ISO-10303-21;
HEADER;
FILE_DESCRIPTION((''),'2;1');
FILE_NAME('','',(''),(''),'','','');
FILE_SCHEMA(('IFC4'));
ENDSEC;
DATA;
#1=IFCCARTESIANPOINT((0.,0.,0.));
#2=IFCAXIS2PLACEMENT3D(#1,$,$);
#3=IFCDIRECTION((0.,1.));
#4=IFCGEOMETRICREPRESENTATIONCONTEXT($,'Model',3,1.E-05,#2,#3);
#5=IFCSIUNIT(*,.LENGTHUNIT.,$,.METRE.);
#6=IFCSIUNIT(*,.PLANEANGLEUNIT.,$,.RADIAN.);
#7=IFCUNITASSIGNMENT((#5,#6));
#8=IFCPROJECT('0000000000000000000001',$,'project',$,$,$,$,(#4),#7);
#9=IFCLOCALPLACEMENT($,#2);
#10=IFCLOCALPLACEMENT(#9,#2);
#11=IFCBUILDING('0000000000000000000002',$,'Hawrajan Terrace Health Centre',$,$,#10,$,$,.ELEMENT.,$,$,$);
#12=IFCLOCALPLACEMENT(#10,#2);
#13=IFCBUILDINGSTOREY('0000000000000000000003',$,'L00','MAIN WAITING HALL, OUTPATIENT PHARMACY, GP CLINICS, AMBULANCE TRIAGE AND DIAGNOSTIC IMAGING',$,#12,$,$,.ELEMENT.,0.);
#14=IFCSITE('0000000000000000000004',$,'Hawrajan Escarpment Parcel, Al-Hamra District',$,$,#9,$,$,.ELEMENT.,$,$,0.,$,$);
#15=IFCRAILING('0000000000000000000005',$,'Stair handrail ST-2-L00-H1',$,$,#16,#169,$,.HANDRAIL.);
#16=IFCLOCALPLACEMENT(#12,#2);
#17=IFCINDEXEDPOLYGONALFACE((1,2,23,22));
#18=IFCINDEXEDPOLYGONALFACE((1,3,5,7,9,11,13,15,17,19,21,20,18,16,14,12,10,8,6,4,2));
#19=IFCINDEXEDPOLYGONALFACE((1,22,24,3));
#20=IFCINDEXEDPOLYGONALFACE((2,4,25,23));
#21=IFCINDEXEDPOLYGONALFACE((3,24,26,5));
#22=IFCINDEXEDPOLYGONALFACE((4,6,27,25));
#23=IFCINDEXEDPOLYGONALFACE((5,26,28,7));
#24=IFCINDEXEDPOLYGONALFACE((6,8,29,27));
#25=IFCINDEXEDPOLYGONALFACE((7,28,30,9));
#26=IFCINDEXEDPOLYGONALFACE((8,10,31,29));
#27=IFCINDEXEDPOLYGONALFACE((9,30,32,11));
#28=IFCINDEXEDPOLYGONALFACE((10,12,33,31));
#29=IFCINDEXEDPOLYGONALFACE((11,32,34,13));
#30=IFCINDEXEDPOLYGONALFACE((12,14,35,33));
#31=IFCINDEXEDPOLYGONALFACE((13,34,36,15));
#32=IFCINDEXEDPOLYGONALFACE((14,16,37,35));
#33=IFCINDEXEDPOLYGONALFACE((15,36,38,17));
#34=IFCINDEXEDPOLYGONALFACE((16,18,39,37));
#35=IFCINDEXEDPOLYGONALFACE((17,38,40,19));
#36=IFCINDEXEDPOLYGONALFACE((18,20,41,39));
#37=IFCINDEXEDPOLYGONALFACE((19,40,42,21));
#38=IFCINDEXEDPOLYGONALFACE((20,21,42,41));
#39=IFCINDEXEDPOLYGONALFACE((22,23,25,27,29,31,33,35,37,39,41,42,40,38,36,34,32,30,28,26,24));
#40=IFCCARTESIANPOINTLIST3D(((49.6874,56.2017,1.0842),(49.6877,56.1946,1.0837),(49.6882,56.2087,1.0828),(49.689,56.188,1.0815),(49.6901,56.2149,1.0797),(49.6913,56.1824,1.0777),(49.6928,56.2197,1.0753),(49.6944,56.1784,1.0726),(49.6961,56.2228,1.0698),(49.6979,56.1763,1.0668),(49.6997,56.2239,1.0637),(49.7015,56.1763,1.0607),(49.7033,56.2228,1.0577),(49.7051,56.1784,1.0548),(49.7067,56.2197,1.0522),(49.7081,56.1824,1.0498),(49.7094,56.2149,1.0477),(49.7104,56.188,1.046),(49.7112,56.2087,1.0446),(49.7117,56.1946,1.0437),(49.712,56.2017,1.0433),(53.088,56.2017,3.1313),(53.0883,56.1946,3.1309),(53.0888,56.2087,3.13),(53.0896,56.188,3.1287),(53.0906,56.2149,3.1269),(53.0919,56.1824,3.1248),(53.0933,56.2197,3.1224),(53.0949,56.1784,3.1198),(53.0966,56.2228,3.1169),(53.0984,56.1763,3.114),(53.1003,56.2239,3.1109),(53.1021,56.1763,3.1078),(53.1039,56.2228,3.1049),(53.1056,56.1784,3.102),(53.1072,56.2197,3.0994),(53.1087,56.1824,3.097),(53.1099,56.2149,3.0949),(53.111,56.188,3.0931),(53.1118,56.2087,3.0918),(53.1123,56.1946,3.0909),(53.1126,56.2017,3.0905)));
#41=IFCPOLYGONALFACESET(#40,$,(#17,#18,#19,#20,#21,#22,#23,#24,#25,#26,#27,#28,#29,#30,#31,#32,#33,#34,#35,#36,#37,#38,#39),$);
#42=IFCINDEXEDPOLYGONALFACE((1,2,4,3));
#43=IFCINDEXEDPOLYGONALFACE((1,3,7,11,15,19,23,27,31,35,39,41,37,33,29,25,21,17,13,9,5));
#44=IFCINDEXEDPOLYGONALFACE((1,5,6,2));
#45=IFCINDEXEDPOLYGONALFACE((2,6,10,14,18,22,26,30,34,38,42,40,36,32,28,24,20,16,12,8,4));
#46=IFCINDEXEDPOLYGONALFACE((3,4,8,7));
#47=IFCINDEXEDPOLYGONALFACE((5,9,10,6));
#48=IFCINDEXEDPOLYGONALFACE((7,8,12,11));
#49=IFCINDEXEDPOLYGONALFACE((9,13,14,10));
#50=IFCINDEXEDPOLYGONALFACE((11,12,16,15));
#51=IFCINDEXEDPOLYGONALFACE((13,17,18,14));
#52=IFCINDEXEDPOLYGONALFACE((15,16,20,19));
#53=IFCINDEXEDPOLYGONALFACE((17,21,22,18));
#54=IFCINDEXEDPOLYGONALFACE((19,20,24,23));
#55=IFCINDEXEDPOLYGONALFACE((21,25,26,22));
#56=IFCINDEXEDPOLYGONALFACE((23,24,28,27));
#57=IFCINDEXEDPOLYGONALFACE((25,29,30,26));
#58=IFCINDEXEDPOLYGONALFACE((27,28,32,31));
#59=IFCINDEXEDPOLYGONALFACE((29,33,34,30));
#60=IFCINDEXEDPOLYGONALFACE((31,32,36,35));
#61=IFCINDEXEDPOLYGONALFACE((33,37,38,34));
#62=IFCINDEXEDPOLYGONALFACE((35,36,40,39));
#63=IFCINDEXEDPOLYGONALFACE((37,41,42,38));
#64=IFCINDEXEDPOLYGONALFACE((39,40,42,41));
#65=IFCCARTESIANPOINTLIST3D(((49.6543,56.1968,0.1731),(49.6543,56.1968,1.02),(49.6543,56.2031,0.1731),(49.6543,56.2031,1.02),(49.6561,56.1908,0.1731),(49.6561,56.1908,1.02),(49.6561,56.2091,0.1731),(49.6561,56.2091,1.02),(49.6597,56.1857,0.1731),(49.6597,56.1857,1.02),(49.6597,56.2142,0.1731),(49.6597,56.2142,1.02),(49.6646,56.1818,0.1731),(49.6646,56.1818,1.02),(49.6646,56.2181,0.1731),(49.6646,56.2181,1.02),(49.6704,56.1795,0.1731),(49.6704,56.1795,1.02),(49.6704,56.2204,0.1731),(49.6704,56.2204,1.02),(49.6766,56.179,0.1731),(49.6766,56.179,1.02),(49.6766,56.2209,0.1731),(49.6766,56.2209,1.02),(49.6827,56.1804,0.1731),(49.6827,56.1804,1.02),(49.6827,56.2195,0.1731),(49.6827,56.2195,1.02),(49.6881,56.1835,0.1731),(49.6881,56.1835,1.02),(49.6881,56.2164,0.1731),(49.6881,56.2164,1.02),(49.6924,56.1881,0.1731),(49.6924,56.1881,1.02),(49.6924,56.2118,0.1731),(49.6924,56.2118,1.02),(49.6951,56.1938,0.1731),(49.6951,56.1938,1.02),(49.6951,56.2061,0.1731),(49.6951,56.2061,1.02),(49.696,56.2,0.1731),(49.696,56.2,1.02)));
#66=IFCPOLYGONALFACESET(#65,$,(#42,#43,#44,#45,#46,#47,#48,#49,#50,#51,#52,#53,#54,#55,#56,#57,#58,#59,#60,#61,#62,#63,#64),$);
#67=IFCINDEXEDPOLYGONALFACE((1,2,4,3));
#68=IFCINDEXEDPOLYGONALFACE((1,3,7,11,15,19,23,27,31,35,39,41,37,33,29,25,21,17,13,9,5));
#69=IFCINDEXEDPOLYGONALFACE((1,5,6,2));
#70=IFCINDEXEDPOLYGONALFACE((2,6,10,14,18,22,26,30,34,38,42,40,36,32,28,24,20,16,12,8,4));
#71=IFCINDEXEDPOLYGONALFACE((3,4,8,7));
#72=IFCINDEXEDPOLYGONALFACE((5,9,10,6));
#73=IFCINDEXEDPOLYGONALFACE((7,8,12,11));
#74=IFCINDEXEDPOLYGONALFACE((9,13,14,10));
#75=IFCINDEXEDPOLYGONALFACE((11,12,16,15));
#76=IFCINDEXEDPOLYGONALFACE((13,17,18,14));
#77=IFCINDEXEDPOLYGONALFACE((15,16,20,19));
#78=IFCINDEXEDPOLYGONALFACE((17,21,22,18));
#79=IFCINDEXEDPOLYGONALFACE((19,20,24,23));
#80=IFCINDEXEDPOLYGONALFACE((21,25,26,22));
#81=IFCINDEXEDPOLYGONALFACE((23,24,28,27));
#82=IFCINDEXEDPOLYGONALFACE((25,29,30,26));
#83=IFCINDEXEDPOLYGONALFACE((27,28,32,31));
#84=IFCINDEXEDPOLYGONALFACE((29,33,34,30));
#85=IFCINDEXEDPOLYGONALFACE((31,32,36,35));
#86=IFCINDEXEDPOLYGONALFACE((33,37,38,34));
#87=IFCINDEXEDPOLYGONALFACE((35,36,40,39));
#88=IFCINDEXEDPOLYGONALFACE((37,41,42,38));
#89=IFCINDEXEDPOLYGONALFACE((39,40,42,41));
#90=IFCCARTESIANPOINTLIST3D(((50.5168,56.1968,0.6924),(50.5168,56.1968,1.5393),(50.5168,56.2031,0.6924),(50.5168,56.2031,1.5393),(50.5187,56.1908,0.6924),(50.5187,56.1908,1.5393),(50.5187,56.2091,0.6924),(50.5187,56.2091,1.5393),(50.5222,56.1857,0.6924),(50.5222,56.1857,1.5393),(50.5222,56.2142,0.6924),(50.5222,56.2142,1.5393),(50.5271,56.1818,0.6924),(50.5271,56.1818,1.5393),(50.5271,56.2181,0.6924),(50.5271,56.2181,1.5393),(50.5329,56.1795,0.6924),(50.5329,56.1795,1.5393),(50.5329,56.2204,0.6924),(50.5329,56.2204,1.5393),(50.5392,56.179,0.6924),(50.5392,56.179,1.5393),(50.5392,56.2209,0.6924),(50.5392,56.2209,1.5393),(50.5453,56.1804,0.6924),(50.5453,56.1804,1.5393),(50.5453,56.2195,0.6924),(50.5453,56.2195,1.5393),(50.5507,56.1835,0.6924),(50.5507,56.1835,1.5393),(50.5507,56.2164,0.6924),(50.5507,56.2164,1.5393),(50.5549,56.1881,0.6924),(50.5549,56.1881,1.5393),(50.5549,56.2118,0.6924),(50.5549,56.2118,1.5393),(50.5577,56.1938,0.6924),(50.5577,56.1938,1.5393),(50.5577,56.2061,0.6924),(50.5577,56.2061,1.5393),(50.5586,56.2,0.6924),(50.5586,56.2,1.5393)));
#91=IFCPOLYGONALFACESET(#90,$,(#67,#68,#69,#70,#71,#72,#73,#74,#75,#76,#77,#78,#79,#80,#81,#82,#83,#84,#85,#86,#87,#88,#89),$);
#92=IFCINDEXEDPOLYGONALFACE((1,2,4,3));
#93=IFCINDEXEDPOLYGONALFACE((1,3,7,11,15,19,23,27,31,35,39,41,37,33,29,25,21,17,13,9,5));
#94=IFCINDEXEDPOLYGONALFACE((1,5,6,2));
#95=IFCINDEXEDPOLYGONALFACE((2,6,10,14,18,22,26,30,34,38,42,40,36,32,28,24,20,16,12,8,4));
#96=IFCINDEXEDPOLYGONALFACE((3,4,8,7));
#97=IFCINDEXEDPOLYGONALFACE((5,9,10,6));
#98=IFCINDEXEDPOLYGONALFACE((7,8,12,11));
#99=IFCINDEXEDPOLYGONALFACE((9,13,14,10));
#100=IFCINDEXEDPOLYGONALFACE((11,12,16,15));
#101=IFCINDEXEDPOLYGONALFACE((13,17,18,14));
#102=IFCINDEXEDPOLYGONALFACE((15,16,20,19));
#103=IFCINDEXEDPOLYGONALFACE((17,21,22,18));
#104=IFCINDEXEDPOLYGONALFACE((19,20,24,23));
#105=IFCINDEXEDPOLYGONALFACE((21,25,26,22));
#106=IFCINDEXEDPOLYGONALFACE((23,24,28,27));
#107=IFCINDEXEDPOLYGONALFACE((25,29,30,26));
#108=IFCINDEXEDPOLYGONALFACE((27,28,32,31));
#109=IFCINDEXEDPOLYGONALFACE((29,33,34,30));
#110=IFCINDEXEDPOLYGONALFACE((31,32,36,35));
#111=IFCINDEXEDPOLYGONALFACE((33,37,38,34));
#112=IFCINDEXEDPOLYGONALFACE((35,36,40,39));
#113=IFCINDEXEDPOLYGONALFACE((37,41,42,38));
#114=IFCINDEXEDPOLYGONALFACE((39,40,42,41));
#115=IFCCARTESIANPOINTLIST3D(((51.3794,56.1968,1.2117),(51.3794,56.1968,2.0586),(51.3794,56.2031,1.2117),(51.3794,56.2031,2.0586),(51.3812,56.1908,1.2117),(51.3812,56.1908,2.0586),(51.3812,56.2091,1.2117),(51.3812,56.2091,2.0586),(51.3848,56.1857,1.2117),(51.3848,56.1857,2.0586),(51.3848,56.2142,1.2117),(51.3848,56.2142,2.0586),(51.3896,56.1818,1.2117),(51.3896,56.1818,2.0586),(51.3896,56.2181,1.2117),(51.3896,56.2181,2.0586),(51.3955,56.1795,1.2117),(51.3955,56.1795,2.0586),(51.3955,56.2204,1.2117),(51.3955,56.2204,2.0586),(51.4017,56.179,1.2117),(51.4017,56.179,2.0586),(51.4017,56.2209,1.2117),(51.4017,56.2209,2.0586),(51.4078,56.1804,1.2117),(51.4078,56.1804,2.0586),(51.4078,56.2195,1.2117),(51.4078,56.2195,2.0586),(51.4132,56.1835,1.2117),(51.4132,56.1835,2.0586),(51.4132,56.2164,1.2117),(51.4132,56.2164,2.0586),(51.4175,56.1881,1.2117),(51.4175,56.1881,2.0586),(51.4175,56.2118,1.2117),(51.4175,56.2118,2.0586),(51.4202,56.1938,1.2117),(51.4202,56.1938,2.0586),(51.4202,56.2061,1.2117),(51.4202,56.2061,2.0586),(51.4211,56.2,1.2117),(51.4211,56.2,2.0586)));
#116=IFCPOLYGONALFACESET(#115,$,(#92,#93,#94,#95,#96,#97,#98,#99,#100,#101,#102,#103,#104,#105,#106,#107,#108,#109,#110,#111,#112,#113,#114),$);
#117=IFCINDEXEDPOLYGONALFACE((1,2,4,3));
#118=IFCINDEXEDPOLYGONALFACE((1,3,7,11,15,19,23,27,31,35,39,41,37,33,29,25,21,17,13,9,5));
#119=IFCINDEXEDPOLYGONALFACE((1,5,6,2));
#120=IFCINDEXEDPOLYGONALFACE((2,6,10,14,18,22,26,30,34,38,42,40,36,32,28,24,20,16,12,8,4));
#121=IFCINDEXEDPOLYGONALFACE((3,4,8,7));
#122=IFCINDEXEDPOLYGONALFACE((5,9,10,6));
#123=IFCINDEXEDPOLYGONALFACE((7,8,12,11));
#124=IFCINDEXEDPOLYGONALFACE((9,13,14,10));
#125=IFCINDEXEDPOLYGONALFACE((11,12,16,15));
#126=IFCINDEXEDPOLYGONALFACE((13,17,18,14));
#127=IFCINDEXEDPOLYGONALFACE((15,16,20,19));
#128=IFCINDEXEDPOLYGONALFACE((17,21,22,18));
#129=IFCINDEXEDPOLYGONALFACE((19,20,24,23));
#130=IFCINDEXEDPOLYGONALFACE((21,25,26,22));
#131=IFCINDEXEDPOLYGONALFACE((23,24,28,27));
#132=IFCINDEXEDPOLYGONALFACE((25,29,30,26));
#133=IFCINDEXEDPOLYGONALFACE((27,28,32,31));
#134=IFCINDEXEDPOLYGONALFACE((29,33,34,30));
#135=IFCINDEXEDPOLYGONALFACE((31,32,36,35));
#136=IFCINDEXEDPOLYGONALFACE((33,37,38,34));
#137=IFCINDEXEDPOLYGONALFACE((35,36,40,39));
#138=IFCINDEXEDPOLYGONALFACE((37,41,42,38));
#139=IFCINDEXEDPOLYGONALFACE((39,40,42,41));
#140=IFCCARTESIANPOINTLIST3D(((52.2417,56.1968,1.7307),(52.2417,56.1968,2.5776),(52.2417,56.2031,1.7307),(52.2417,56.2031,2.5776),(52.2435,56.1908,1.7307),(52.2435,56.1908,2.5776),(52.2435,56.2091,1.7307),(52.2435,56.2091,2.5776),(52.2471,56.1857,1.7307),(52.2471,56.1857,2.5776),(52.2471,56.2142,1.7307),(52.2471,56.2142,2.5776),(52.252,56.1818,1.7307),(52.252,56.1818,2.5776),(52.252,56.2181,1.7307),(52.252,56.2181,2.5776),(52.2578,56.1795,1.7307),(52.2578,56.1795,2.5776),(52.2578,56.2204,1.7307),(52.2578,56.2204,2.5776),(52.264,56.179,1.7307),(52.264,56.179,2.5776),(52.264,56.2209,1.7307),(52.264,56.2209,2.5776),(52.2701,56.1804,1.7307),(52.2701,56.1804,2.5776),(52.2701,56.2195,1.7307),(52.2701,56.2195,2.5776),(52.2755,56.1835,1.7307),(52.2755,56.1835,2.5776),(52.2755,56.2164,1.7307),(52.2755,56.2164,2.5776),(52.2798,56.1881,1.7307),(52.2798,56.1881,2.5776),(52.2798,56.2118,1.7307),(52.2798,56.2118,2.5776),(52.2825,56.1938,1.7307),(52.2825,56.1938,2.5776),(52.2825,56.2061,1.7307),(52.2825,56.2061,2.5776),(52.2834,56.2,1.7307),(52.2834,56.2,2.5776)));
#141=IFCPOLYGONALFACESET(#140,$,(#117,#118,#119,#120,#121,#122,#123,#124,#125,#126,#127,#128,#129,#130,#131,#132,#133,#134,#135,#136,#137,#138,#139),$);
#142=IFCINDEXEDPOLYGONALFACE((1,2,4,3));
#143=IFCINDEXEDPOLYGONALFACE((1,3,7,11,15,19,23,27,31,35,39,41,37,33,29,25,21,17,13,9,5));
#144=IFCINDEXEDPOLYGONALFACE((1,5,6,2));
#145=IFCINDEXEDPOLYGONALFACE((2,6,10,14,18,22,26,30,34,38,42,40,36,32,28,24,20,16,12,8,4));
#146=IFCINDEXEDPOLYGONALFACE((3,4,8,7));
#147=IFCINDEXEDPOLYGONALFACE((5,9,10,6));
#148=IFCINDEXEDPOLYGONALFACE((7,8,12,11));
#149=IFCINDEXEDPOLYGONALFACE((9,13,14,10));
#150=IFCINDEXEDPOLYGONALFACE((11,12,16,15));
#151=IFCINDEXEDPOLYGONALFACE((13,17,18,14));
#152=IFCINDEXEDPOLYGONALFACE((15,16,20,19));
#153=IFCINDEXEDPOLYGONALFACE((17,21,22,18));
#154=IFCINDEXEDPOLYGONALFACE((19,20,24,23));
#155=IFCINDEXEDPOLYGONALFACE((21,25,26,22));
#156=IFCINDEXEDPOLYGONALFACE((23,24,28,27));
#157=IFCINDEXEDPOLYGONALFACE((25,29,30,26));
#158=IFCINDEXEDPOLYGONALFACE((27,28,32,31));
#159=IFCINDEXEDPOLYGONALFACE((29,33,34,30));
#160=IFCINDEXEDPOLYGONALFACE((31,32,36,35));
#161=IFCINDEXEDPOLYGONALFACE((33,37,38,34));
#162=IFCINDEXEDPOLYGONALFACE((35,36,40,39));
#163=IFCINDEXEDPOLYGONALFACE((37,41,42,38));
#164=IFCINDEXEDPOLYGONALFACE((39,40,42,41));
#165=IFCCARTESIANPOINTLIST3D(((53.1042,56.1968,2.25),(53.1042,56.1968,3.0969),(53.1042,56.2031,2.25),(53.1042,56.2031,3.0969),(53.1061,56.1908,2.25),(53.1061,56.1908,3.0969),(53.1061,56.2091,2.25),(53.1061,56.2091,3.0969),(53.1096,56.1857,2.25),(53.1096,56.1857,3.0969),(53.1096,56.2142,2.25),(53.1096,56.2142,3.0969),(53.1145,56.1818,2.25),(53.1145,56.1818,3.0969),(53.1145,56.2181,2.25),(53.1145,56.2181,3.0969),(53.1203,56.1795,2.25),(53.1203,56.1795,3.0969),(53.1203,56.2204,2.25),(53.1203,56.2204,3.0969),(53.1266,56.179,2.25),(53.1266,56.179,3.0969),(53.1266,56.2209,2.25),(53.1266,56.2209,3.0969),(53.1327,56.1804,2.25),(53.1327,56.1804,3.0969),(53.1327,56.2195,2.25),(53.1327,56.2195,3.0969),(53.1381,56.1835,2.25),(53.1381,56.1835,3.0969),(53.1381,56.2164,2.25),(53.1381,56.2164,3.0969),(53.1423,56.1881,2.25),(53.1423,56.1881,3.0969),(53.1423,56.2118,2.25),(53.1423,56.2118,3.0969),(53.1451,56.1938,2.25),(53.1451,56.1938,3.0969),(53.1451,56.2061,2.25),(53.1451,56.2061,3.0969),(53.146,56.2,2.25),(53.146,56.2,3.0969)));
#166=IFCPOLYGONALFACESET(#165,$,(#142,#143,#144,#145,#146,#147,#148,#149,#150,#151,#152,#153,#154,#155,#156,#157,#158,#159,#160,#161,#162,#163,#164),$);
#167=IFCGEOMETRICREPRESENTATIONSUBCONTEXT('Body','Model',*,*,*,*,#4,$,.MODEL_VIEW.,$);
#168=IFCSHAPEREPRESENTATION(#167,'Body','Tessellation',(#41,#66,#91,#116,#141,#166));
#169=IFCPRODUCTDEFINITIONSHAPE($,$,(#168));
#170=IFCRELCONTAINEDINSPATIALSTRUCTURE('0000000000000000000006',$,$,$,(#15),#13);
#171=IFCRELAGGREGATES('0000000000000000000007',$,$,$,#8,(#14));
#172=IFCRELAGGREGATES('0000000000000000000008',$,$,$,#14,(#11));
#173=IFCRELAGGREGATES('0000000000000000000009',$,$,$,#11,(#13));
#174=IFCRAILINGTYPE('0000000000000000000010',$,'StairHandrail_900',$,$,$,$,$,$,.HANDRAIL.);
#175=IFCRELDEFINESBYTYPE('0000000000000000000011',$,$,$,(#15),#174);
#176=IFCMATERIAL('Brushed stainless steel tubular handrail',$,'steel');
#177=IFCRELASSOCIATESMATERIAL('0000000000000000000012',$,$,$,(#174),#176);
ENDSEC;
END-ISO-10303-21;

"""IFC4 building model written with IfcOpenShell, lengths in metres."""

from ifc_helpers import new_model, si_unit, direction, frame, origin, origin_2d, place, context, subcontext, project, spatial, circle, extrude, material, type_object, element, save


model = new_model("IFC4")

# Units and contexts
model_context = context("Model", 3, precision=1e-05, world=origin(), true_north=direction((0.0, 1.0)))
body_context = subcontext(model_context, "Body", "Model", "MODEL_VIEW")
ifc_project = project(units=[si_unit("LENGTHUNIT", "METRE"), si_unit("PLANEANGLEUNIT", "RADIAN")], contexts=[model_context])

# Site, building, storey
site_placement = place(None, origin())
site = spatial("IfcSite", under=ifc_project, at=site_placement, Name="Hawrajan Escarpment Parcel, Al-Hamra District", CompositionType="ELEMENT", RefElevation=0.0)
building_placement = place(site_placement, origin())
building = spatial("IfcBuilding", under=site, at=building_placement, Name="Hawrajan Terrace Health Centre", CompositionType="ELEMENT")
storey_placement = place(building_placement, origin())
storey = spatial("IfcBuildingStorey", under=building, at=storey_placement, Name="L00", Description="MAIN WAITING HALL, OUTPATIENT PHARMACY, GP CLINICS, AMBULANCE TRIAGE AND DIAGNOSTIC IMAGING", CompositionType="ELEMENT", Elevation=0.0)

# Railing
ifc_material_1 = material(Name="Brushed stainless steel tubular handrail", Category="steel")
railing_type_1 = type_object("IfcRailingType", Name="StairHandrail_900", PredefinedType="HANDRAIL", material=ifc_material_1)
railing_1_placement = place(storey_placement, frame((49.675, 56.2, 0.1731)))
element("IfcRailing", 1, at=railing_1_placement, inside=storey, type_object=railing_type_1, Name="Stair handrail ST-2-L00-H1", PredefinedType="HANDRAIL", context=body_context, shape_type="SweptSolid", body=[
    extrude(circle(Radius=0.0239, at=origin_2d()), frame((0.0247, 0.0, 0.8906), z_axis=(0.856732, 0.0, 0.515761), x_axis=(0.0, 1.0, 0.0)), (0.0, 0.0, 1.0), 3.9692),
    extrude(circle(Radius=0.021, at=origin_2d()), origin(), (0.0, 0.0, 1.0), 0.8469),
    extrude(circle(Radius=0.021, at=origin_2d()), frame((0.8625, 0.0, 0.5193)), (0.0, 0.0, 1.0), 0.8469),
    extrude(circle(Radius=0.021, at=origin_2d()), frame((1.7251, 0.0, 1.0386)), (0.0, 0.0, 1.0), 0.8469),
    extrude(circle(Radius=0.021, at=origin_2d()), frame((2.5874, 0.0, 1.5576)), (0.0, 0.0, 1.0), 0.8469),
    extrude(circle(Radius=0.021, at=origin_2d()), frame((3.45, 0.0, 2.0769)), (0.0, 0.0, 1.0), 0.8469),
])

save(model, "model.ifc")
